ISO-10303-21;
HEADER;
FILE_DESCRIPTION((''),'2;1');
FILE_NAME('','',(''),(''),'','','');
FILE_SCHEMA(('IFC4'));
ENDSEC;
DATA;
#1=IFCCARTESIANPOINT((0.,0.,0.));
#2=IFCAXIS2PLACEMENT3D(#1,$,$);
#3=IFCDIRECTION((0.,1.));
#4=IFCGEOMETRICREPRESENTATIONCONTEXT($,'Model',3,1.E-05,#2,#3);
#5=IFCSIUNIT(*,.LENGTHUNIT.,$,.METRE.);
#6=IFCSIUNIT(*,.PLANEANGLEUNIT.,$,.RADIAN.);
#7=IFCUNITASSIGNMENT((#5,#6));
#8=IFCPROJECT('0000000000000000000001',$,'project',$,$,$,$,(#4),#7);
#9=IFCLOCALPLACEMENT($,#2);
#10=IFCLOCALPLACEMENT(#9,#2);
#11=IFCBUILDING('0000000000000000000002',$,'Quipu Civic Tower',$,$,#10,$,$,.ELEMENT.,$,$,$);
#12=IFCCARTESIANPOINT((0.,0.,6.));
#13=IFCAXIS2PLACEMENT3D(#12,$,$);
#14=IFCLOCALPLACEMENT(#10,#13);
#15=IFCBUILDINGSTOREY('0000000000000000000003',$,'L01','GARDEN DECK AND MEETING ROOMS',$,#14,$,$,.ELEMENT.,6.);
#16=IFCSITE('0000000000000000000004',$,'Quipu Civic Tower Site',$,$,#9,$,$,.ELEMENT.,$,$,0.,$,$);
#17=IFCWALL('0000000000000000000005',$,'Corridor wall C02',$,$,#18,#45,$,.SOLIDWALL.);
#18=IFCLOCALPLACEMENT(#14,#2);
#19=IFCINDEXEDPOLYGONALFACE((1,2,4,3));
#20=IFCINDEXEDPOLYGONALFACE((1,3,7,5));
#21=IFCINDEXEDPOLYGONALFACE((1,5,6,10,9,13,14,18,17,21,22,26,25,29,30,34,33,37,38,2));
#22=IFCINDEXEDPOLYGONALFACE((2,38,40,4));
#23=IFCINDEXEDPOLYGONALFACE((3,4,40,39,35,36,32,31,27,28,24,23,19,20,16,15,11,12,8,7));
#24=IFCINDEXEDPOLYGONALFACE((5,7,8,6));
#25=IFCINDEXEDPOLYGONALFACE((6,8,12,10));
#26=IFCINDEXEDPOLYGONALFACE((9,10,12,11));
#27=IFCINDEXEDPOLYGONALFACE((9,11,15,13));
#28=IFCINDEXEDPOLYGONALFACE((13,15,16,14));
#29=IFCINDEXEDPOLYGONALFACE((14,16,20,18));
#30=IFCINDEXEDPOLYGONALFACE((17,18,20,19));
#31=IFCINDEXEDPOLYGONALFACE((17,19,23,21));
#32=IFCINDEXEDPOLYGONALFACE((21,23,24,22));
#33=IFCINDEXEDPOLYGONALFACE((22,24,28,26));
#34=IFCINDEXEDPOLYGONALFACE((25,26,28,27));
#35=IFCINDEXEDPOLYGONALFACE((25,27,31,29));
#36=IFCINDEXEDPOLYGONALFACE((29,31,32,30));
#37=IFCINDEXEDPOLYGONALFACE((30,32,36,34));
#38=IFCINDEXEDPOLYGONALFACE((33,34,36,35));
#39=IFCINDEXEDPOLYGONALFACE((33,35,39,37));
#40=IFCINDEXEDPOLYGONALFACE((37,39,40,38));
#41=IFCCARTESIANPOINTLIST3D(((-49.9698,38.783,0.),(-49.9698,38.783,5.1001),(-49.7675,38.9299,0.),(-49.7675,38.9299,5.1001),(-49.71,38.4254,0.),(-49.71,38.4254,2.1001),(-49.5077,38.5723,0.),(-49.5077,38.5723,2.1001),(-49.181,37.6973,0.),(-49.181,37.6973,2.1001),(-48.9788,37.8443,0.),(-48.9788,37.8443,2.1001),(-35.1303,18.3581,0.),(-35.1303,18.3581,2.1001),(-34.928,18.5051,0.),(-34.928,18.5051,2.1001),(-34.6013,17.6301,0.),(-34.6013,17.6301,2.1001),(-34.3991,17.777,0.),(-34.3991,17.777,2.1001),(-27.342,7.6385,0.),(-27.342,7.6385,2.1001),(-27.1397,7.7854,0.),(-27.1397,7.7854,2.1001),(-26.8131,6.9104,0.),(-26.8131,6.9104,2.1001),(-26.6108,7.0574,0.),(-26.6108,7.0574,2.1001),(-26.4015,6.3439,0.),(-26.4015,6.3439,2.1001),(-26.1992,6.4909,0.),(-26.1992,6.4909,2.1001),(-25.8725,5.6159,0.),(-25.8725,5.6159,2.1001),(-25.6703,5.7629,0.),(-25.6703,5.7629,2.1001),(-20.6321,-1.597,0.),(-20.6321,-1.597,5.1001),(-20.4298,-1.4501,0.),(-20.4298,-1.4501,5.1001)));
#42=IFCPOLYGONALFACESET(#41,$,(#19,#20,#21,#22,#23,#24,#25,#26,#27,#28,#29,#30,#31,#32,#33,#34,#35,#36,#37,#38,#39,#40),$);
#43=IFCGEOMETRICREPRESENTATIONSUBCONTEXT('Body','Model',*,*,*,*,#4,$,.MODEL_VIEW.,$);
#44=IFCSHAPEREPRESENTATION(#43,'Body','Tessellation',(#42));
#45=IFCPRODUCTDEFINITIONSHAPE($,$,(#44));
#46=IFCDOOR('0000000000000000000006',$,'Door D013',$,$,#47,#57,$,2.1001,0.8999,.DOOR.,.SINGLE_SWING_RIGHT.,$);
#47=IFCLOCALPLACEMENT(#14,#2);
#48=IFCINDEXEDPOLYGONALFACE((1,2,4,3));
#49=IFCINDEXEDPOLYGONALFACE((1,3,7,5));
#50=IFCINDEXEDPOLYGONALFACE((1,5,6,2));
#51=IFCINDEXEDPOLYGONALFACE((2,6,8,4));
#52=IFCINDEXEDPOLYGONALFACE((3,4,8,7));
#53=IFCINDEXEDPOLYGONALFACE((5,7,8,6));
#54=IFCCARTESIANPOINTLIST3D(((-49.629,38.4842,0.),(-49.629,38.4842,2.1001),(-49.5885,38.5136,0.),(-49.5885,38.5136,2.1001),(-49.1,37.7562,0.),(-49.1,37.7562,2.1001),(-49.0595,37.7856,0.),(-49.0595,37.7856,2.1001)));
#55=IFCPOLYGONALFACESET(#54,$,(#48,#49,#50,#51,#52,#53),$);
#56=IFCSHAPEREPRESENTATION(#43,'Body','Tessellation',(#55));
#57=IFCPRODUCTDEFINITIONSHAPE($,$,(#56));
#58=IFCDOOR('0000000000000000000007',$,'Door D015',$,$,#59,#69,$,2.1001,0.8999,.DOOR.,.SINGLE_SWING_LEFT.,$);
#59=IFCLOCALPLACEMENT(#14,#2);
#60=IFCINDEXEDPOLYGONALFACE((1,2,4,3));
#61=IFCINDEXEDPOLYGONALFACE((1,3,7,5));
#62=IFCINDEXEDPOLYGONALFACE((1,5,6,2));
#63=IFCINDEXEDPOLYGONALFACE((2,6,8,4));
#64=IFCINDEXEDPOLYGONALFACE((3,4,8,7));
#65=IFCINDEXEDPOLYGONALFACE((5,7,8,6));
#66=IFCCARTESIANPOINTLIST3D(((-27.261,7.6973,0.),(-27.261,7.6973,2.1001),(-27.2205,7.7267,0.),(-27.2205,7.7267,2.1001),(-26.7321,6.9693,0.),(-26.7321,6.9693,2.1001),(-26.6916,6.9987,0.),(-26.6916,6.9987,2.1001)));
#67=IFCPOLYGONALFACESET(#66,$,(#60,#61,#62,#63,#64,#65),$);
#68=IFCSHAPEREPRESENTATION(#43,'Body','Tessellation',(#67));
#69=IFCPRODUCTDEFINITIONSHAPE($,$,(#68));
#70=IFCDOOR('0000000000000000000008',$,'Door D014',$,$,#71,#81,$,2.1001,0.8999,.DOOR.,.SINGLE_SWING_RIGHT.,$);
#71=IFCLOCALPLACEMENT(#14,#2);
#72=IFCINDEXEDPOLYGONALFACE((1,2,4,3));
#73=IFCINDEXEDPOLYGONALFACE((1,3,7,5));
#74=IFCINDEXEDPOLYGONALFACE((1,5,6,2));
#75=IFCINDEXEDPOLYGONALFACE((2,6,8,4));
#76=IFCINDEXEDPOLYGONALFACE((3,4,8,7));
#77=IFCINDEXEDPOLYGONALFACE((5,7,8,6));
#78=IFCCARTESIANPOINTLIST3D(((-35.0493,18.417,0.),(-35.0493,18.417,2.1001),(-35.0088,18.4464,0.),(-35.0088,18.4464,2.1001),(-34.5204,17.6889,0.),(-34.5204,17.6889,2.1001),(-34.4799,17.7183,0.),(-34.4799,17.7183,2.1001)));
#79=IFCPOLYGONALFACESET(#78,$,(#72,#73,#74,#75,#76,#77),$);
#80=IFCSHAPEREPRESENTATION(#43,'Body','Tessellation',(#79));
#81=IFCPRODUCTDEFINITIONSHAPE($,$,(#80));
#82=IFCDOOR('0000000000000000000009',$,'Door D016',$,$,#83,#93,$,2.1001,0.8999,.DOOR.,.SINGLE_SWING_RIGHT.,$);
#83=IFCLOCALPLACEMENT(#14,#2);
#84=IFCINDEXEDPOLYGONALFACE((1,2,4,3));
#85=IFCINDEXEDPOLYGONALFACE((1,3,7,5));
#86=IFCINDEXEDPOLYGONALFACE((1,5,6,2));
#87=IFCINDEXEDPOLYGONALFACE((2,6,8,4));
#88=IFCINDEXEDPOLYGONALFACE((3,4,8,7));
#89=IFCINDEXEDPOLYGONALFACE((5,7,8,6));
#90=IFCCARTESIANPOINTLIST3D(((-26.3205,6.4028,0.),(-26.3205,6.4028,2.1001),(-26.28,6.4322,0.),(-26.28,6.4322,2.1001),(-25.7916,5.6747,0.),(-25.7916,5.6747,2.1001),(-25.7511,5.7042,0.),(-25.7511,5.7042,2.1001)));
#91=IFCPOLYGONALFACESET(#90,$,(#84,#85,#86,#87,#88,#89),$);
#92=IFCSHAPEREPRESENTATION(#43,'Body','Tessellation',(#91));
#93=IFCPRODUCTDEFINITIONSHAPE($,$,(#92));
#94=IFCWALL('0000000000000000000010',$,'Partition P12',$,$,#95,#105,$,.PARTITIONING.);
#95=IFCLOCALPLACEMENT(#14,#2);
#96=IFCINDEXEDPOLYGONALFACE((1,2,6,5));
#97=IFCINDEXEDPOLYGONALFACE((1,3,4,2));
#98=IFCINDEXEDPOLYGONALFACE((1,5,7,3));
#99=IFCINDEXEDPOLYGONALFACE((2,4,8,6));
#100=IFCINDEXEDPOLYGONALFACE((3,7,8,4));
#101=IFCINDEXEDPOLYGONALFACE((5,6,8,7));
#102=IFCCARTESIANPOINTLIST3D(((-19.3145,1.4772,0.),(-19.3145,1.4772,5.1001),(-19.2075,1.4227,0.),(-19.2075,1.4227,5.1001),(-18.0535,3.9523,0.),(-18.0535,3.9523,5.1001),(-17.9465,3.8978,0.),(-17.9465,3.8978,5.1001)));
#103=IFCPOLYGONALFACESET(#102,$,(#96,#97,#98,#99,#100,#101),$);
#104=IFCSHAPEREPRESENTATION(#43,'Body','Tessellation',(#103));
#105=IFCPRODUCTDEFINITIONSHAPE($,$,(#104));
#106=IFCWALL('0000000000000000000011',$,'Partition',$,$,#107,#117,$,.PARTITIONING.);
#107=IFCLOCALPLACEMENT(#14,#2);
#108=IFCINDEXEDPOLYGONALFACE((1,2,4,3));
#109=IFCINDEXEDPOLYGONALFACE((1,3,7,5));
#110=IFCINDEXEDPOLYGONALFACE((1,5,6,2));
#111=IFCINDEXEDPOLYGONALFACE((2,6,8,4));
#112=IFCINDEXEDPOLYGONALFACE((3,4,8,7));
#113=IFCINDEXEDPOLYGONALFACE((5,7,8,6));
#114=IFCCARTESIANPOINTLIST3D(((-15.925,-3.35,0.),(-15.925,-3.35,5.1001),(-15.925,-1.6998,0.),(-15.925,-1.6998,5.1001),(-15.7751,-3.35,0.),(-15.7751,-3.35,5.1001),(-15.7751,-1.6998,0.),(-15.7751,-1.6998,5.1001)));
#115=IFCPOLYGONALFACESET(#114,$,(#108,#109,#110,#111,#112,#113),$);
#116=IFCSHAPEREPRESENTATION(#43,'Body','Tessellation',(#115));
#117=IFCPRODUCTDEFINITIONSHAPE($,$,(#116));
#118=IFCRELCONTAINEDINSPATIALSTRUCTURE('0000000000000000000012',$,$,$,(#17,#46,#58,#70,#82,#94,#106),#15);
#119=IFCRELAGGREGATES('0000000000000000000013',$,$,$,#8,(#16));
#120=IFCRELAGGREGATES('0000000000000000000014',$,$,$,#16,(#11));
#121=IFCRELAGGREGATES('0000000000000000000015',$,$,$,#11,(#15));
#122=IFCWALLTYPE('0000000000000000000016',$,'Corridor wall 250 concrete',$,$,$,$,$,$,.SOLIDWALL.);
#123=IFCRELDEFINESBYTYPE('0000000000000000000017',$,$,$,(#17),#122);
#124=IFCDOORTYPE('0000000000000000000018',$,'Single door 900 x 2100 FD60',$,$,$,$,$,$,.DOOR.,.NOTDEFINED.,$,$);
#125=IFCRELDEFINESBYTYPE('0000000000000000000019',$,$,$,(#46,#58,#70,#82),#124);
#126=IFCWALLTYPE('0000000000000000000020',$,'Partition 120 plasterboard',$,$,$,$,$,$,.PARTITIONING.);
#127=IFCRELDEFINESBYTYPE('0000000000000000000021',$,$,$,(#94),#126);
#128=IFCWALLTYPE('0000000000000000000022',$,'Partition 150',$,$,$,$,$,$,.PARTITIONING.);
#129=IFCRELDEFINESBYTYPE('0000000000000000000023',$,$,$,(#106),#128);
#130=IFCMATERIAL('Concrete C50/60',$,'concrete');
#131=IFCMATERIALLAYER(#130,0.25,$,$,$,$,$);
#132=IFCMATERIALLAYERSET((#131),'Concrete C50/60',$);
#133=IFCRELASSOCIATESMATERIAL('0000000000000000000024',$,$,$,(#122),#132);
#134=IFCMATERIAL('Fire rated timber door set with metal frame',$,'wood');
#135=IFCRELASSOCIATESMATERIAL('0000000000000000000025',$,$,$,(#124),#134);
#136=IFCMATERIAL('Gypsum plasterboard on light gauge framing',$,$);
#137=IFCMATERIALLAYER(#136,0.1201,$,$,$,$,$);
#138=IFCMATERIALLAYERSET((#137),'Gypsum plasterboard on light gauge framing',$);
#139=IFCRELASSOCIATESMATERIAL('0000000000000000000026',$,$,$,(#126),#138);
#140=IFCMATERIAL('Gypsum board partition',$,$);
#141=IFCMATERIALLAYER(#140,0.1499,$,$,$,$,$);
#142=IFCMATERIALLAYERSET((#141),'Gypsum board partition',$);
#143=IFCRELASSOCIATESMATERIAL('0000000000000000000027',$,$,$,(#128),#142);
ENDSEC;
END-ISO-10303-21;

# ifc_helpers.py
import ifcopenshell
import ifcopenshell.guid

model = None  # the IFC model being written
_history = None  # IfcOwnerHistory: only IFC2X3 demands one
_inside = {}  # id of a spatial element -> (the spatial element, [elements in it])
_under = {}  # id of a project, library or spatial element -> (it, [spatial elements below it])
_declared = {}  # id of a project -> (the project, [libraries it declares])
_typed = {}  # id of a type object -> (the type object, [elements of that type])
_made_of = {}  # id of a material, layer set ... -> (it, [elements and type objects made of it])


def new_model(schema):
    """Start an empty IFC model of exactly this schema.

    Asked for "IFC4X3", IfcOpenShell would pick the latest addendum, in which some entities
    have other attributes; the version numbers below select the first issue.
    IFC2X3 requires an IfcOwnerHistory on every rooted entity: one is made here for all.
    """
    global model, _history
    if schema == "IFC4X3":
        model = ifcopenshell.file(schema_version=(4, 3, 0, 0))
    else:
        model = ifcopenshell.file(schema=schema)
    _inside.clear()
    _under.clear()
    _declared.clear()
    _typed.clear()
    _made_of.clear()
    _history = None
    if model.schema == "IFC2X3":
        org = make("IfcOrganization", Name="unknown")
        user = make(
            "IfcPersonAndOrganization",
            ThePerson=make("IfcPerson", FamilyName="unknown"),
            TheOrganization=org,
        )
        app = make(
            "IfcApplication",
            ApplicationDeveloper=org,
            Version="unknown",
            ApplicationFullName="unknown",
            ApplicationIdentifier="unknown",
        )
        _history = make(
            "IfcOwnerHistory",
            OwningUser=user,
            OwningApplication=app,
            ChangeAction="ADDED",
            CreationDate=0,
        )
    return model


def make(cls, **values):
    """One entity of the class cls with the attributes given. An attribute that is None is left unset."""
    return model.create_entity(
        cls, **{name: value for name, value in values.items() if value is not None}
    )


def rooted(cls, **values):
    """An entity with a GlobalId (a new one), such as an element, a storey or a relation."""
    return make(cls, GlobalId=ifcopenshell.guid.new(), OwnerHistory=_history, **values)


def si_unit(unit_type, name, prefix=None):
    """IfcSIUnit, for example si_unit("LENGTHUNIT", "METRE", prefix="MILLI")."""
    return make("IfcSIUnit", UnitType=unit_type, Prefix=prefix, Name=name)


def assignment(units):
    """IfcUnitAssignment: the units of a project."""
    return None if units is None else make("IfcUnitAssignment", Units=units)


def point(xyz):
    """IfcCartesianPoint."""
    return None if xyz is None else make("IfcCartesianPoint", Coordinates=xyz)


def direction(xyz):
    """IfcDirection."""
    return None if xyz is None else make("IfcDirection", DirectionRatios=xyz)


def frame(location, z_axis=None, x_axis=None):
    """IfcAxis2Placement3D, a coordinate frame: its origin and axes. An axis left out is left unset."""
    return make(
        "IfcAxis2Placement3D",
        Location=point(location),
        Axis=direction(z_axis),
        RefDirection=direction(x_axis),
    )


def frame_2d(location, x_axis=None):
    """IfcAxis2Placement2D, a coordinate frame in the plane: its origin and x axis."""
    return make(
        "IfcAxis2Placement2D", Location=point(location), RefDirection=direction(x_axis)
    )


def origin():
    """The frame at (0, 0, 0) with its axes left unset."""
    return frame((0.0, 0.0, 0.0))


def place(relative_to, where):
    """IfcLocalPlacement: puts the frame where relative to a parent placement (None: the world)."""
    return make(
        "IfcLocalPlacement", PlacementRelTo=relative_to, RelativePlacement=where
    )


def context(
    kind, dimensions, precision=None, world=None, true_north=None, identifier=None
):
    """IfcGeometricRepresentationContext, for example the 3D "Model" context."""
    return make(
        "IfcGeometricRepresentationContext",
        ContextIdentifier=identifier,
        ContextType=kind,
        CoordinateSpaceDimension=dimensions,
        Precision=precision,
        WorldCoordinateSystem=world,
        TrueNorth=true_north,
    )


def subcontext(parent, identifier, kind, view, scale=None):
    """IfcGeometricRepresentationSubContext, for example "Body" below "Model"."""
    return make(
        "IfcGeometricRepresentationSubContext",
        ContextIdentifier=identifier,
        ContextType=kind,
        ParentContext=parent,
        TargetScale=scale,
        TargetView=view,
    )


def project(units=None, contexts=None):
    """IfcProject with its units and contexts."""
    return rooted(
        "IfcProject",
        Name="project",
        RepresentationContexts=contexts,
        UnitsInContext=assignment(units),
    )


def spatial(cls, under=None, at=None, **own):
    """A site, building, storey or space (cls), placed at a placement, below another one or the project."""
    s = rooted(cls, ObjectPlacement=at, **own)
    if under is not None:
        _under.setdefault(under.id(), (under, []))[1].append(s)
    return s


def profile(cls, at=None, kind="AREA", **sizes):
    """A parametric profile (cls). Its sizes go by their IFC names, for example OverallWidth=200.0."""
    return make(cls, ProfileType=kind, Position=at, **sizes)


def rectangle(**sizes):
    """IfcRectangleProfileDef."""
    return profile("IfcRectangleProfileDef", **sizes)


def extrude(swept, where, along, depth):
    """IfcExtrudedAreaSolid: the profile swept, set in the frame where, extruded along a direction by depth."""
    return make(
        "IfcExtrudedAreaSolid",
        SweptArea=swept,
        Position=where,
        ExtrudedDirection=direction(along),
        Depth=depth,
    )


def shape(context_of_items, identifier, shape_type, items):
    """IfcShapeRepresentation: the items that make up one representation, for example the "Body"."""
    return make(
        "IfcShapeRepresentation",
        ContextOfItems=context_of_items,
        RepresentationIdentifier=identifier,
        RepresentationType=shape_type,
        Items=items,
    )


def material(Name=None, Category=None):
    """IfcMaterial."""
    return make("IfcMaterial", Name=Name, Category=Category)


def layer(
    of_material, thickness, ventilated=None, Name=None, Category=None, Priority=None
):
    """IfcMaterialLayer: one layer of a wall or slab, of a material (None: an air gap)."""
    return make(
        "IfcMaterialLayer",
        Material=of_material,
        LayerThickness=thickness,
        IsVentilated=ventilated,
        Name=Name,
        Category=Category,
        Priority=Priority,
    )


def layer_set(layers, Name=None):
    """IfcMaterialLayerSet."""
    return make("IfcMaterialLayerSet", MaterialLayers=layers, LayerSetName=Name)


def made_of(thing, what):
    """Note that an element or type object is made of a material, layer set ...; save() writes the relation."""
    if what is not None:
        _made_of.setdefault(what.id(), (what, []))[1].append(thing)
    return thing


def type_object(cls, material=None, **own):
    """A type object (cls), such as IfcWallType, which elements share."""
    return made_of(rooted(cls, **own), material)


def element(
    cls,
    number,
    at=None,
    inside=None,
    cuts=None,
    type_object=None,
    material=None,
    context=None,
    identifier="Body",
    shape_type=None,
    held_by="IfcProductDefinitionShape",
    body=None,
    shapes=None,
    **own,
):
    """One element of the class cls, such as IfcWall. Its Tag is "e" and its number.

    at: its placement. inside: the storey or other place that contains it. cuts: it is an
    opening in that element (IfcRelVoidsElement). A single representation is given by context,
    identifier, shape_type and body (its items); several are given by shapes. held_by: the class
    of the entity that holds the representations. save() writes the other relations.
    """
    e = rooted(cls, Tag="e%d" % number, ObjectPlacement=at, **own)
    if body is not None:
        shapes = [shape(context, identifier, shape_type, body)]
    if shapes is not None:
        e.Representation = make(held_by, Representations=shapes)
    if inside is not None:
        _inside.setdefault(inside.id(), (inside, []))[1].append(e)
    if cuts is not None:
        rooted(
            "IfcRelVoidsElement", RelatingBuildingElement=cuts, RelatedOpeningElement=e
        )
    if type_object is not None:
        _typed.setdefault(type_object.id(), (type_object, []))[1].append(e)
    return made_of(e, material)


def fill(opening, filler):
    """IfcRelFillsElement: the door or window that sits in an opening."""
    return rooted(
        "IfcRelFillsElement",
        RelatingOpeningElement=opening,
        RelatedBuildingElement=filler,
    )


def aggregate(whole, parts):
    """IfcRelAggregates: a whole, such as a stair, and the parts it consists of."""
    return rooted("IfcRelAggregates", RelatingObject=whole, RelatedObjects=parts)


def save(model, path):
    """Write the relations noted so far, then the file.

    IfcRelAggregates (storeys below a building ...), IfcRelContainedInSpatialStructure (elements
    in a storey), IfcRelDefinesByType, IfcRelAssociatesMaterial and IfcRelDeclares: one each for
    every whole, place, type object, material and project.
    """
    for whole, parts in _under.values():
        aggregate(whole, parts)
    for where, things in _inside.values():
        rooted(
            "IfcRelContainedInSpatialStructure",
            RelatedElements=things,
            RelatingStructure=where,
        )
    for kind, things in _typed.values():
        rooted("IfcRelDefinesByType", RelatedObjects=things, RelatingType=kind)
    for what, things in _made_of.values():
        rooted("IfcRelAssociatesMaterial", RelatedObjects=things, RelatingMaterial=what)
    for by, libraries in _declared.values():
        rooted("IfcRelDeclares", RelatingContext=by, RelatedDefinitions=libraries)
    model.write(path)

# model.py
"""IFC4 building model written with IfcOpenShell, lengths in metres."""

from ifc_helpers import new_model, si_unit, direction, frame, frame_2d, origin, place, context, subcontext, project, spatial, rectangle, extrude, material, layer, layer_set, type_object, element, fill, save


model = new_model("IFC4")

# Units and contexts
model_context = context("Model", 3, precision=1e-05, world=origin(), true_north=direction((0.0, 1.0)))
body_context = subcontext(model_context, "Body", "Model", "MODEL_VIEW")
ifc_project = project(units=[si_unit("LENGTHUNIT", "METRE"), si_unit("PLANEANGLEUNIT", "RADIAN")], contexts=[model_context])

# Site, building, storey
site_placement = place(None, origin())
site = spatial("IfcSite", under=ifc_project, at=site_placement, Name="Quipu Civic Tower Site", CompositionType="ELEMENT", RefElevation=0.0)
building_placement = place(site_placement, origin())
building = spatial("IfcBuilding", under=site, at=building_placement, Name="Quipu Civic Tower", CompositionType="ELEMENT")
storey_placement = place(building_placement, frame((0.0, 0.0, 6.0)))
storey = spatial("IfcBuildingStorey", under=building, at=storey_placement, Name="L01", Description="GARDEN DECK AND MEETING ROOMS", CompositionType="ELEMENT", Elevation=6.0)

# Wall, openings, doors
ifc_material_1 = material(Name="Concrete C50/60", Category="concrete")
ifc_layer_1 = layer(ifc_material_1, 0.25)
ifc_layer_set_1 = layer_set([ifc_layer_1], Name="Concrete C50/60")
wall_type_1 = type_object("IfcWallType", Name="Corridor wall 250 concrete", PredefinedType="SOLIDWALL", material=ifc_layer_set_1)
wall_1_placement = place(storey_placement, frame((-20.531, -1.5234, 0.0), z_axis=(0.0, 0.0, 1.0), x_axis=(-0.587785, 0.809018, 0.0)))
wall_1 = element("IfcWall", 1, at=wall_1_placement, inside=storey, type_object=wall_type_1, Name="Corridor wall C02", PredefinedType="SOLIDWALL", context=body_context, shape_type="SweptSolid", body=[
    extrude(rectangle(XDim=49.9124, YDim=0.25, at=frame_2d((24.9561, 0.0))), origin(), (0.0, 0.0, 1.0), 5.1001),
])
opening_1_placement = place(wall_1_placement, frame((48.5703, 0.0, 0.0)))
opening_1 = element("IfcOpeningElement", 2, at=opening_1_placement, cuts=wall_1, PredefinedType="OPENING", context=body_context, shape_type="SweptSolid", body=[
    extrude(rectangle(XDim=0.8999, YDim=2.1001, at=frame_2d((0.45, 1.05))), frame((0.0, 0.135, 0.0), z_axis=(0.0, -1.0, 0.0), x_axis=(1.0, 0.0, 0.0)), (0.0, 0.0, 1.0), 0.27),
])
opening_2_placement = place(wall_1_placement, frame((10.5156, 0.0, 0.0)))
opening_2 = element("IfcOpeningElement", 3, at=opening_2_placement, cuts=wall_1, PredefinedType="OPENING", context=body_context, shape_type="SweptSolid", body=[
    extrude(rectangle(XDim=0.8999, YDim=2.1001, at=frame_2d((0.45, 1.05))), frame((0.0, 0.135, 0.0), z_axis=(0.0, -1.0, 0.0), x_axis=(1.0, 0.0, 0.0)), (0.0, 0.0, 1.0), 0.27),
])
opening_3_placement = place(wall_1_placement, frame((23.7659, 0.0, 0.0)))
opening_3 = element("IfcOpeningElement", 4, at=opening_3_placement, cuts=wall_1, PredefinedType="OPENING", context=body_context, shape_type="SweptSolid", body=[
    extrude(rectangle(XDim=0.8999, YDim=2.1001, at=frame_2d((0.45, 1.05))), frame((0.0, 0.135, 0.0), z_axis=(0.0, -1.0, 0.0), x_axis=(1.0, 0.0, 0.0)), (0.0, 0.0, 1.0), 0.27),
])
opening_4_placement = place(wall_1_placement, frame((8.9155, 0.0, 0.0)))
opening_4 = element("IfcOpeningElement", 5, at=opening_4_placement, cuts=wall_1, PredefinedType="OPENING", context=body_context, shape_type="SweptSolid", body=[
    extrude(rectangle(XDim=0.8999, YDim=2.1001, at=frame_2d((0.45, 1.05))), frame((0.0, 0.135, 0.0), z_axis=(0.0, -1.0, 0.0), x_axis=(1.0, 0.0, 0.0)), (0.0, 0.0, 1.0), 0.27),
])
ifc_material_2 = material(Name="Fire rated timber door set with metal frame", Category="wood")
door_type_1 = type_object("IfcDoorType", Name="Single door 900 x 2100 FD60", OperationType="NOTDEFINED", PredefinedType="DOOR", material=ifc_material_2)
door_1_placement = place(opening_1_placement, origin())
door_1 = element("IfcDoor", 6, at=door_1_placement, inside=storey, type_object=door_type_1, Name="Door D013", OperationType="SINGLE_SWING_RIGHT", OverallHeight=2.1001, OverallWidth=0.8999, PredefinedType="DOOR", context=body_context, shape_type="SweptSolid", body=[
    extrude(rectangle(XDim=0.8999, YDim=2.1001, at=frame_2d((0.45, 1.05))), frame((0.0, 0.0249, 0.0), z_axis=(0.0, -1.0, 0.0), x_axis=(1.0, 0.0, 0.0)), (0.0, 0.0, 1.0), 0.05),
])
fill(opening_1, door_1)
door_2_placement = place(opening_2_placement, origin())
door_2 = element("IfcDoor", 7, at=door_2_placement, inside=storey, type_object=door_type_1, Name="Door D015", OperationType="SINGLE_SWING_LEFT", OverallHeight=2.1001, OverallWidth=0.8999, PredefinedType="DOOR", context=body_context, shape_type="SweptSolid", body=[
    extrude(rectangle(XDim=0.8999, YDim=2.1001, at=frame_2d((0.45, 1.05))), frame((0.0, 0.0249, 0.0), z_axis=(0.0, -1.0, 0.0), x_axis=(1.0, 0.0, 0.0)), (0.0, 0.0, 1.0), 0.05),
])
fill(opening_2, door_2)
door_3_placement = place(opening_3_placement, origin())
door_3 = element("IfcDoor", 8, at=door_3_placement, inside=storey, type_object=door_type_1, Name="Door D014", OperationType="SINGLE_SWING_RIGHT", OverallHeight=2.1001, OverallWidth=0.8999, PredefinedType="DOOR", context=body_context, shape_type="SweptSolid", body=[
    extrude(rectangle(XDim=0.8999, YDim=2.1001, at=frame_2d((0.45, 1.05))), frame((0.0, 0.0249, 0.0), z_axis=(0.0, -1.0, 0.0), x_axis=(1.0, 0.0, 0.0)), (0.0, 0.0, 1.0), 0.05),
])
fill(opening_3, door_3)
door_4_placement = place(opening_4_placement, origin())
door_4 = element("IfcDoor", 9, at=door_4_placement, inside=storey, type_object=door_type_1, Name="Door D016", OperationType="SINGLE_SWING_RIGHT", OverallHeight=2.1001, OverallWidth=0.8999, PredefinedType="DOOR", context=body_context, shape_type="SweptSolid", body=[
    extrude(rectangle(XDim=0.8999, YDim=2.1001, at=frame_2d((0.45, 1.05))), frame((0.0, 0.0249, 0.0), z_axis=(0.0, -1.0, 0.0), x_axis=(1.0, 0.0, 0.0)), (0.0, 0.0, 1.0), 0.05),
])
fill(opening_4, door_4)

# Walls
ifc_material_3 = material(Name="Gypsum plasterboard on light gauge framing")
ifc_layer_2 = layer(ifc_material_3, 0.1201)
ifc_layer_set_2 = layer_set([ifc_layer_2], Name="Gypsum plasterboard on light gauge framing")
wall_type_2 = type_object("IfcWallType", Name="Partition 120 plasterboard", PredefinedType="PARTITIONING", material=ifc_layer_set_2)
wall_2_placement = place(storey_placement, frame((-19.261, 1.45, 0.0), z_axis=(0.0, 0.0, 1.0), x_axis=(0.453951, 0.891027, 0.0)))
element("IfcWall", 10, at=wall_2_placement, inside=storey, type_object=wall_type_2, Name="Partition P12", PredefinedType="PARTITIONING", context=body_context, shape_type="SweptSolid", body=[
    extrude(rectangle(XDim=2.7778, YDim=0.1201, at=frame_2d((1.3889, 0.0))), origin(), (0.0, 0.0, 1.0), 5.1001),
])
ifc_material_4 = material(Name="Gypsum board partition")
ifc_layer_3 = layer(ifc_material_4, 0.1499)
ifc_layer_set_3 = layer_set([ifc_layer_3], Name="Gypsum board partition")
wall_type_3 = type_object("IfcWallType", Name="Partition 150", PredefinedType="PARTITIONING", material=ifc_layer_set_3)
wall_3_placement = place(storey_placement, frame((-15.8501, -3.3501, 0.0), z_axis=(0.0, 0.0, 1.0), x_axis=(0.0, 1.0, 0.0)))
element("IfcWall", 11, at=wall_3_placement, inside=storey, type_object=wall_type_3, Name="Partition", PredefinedType="PARTITIONING", context=body_context, shape_type="SweptSolid", body=[
    extrude(rectangle(XDim=1.6501, YDim=0.1499, at=frame_2d((0.8252, 0.0))), origin(), (0.0, 0.0, 1.0), 5.1001),
])

save(model, "model.ifc")
